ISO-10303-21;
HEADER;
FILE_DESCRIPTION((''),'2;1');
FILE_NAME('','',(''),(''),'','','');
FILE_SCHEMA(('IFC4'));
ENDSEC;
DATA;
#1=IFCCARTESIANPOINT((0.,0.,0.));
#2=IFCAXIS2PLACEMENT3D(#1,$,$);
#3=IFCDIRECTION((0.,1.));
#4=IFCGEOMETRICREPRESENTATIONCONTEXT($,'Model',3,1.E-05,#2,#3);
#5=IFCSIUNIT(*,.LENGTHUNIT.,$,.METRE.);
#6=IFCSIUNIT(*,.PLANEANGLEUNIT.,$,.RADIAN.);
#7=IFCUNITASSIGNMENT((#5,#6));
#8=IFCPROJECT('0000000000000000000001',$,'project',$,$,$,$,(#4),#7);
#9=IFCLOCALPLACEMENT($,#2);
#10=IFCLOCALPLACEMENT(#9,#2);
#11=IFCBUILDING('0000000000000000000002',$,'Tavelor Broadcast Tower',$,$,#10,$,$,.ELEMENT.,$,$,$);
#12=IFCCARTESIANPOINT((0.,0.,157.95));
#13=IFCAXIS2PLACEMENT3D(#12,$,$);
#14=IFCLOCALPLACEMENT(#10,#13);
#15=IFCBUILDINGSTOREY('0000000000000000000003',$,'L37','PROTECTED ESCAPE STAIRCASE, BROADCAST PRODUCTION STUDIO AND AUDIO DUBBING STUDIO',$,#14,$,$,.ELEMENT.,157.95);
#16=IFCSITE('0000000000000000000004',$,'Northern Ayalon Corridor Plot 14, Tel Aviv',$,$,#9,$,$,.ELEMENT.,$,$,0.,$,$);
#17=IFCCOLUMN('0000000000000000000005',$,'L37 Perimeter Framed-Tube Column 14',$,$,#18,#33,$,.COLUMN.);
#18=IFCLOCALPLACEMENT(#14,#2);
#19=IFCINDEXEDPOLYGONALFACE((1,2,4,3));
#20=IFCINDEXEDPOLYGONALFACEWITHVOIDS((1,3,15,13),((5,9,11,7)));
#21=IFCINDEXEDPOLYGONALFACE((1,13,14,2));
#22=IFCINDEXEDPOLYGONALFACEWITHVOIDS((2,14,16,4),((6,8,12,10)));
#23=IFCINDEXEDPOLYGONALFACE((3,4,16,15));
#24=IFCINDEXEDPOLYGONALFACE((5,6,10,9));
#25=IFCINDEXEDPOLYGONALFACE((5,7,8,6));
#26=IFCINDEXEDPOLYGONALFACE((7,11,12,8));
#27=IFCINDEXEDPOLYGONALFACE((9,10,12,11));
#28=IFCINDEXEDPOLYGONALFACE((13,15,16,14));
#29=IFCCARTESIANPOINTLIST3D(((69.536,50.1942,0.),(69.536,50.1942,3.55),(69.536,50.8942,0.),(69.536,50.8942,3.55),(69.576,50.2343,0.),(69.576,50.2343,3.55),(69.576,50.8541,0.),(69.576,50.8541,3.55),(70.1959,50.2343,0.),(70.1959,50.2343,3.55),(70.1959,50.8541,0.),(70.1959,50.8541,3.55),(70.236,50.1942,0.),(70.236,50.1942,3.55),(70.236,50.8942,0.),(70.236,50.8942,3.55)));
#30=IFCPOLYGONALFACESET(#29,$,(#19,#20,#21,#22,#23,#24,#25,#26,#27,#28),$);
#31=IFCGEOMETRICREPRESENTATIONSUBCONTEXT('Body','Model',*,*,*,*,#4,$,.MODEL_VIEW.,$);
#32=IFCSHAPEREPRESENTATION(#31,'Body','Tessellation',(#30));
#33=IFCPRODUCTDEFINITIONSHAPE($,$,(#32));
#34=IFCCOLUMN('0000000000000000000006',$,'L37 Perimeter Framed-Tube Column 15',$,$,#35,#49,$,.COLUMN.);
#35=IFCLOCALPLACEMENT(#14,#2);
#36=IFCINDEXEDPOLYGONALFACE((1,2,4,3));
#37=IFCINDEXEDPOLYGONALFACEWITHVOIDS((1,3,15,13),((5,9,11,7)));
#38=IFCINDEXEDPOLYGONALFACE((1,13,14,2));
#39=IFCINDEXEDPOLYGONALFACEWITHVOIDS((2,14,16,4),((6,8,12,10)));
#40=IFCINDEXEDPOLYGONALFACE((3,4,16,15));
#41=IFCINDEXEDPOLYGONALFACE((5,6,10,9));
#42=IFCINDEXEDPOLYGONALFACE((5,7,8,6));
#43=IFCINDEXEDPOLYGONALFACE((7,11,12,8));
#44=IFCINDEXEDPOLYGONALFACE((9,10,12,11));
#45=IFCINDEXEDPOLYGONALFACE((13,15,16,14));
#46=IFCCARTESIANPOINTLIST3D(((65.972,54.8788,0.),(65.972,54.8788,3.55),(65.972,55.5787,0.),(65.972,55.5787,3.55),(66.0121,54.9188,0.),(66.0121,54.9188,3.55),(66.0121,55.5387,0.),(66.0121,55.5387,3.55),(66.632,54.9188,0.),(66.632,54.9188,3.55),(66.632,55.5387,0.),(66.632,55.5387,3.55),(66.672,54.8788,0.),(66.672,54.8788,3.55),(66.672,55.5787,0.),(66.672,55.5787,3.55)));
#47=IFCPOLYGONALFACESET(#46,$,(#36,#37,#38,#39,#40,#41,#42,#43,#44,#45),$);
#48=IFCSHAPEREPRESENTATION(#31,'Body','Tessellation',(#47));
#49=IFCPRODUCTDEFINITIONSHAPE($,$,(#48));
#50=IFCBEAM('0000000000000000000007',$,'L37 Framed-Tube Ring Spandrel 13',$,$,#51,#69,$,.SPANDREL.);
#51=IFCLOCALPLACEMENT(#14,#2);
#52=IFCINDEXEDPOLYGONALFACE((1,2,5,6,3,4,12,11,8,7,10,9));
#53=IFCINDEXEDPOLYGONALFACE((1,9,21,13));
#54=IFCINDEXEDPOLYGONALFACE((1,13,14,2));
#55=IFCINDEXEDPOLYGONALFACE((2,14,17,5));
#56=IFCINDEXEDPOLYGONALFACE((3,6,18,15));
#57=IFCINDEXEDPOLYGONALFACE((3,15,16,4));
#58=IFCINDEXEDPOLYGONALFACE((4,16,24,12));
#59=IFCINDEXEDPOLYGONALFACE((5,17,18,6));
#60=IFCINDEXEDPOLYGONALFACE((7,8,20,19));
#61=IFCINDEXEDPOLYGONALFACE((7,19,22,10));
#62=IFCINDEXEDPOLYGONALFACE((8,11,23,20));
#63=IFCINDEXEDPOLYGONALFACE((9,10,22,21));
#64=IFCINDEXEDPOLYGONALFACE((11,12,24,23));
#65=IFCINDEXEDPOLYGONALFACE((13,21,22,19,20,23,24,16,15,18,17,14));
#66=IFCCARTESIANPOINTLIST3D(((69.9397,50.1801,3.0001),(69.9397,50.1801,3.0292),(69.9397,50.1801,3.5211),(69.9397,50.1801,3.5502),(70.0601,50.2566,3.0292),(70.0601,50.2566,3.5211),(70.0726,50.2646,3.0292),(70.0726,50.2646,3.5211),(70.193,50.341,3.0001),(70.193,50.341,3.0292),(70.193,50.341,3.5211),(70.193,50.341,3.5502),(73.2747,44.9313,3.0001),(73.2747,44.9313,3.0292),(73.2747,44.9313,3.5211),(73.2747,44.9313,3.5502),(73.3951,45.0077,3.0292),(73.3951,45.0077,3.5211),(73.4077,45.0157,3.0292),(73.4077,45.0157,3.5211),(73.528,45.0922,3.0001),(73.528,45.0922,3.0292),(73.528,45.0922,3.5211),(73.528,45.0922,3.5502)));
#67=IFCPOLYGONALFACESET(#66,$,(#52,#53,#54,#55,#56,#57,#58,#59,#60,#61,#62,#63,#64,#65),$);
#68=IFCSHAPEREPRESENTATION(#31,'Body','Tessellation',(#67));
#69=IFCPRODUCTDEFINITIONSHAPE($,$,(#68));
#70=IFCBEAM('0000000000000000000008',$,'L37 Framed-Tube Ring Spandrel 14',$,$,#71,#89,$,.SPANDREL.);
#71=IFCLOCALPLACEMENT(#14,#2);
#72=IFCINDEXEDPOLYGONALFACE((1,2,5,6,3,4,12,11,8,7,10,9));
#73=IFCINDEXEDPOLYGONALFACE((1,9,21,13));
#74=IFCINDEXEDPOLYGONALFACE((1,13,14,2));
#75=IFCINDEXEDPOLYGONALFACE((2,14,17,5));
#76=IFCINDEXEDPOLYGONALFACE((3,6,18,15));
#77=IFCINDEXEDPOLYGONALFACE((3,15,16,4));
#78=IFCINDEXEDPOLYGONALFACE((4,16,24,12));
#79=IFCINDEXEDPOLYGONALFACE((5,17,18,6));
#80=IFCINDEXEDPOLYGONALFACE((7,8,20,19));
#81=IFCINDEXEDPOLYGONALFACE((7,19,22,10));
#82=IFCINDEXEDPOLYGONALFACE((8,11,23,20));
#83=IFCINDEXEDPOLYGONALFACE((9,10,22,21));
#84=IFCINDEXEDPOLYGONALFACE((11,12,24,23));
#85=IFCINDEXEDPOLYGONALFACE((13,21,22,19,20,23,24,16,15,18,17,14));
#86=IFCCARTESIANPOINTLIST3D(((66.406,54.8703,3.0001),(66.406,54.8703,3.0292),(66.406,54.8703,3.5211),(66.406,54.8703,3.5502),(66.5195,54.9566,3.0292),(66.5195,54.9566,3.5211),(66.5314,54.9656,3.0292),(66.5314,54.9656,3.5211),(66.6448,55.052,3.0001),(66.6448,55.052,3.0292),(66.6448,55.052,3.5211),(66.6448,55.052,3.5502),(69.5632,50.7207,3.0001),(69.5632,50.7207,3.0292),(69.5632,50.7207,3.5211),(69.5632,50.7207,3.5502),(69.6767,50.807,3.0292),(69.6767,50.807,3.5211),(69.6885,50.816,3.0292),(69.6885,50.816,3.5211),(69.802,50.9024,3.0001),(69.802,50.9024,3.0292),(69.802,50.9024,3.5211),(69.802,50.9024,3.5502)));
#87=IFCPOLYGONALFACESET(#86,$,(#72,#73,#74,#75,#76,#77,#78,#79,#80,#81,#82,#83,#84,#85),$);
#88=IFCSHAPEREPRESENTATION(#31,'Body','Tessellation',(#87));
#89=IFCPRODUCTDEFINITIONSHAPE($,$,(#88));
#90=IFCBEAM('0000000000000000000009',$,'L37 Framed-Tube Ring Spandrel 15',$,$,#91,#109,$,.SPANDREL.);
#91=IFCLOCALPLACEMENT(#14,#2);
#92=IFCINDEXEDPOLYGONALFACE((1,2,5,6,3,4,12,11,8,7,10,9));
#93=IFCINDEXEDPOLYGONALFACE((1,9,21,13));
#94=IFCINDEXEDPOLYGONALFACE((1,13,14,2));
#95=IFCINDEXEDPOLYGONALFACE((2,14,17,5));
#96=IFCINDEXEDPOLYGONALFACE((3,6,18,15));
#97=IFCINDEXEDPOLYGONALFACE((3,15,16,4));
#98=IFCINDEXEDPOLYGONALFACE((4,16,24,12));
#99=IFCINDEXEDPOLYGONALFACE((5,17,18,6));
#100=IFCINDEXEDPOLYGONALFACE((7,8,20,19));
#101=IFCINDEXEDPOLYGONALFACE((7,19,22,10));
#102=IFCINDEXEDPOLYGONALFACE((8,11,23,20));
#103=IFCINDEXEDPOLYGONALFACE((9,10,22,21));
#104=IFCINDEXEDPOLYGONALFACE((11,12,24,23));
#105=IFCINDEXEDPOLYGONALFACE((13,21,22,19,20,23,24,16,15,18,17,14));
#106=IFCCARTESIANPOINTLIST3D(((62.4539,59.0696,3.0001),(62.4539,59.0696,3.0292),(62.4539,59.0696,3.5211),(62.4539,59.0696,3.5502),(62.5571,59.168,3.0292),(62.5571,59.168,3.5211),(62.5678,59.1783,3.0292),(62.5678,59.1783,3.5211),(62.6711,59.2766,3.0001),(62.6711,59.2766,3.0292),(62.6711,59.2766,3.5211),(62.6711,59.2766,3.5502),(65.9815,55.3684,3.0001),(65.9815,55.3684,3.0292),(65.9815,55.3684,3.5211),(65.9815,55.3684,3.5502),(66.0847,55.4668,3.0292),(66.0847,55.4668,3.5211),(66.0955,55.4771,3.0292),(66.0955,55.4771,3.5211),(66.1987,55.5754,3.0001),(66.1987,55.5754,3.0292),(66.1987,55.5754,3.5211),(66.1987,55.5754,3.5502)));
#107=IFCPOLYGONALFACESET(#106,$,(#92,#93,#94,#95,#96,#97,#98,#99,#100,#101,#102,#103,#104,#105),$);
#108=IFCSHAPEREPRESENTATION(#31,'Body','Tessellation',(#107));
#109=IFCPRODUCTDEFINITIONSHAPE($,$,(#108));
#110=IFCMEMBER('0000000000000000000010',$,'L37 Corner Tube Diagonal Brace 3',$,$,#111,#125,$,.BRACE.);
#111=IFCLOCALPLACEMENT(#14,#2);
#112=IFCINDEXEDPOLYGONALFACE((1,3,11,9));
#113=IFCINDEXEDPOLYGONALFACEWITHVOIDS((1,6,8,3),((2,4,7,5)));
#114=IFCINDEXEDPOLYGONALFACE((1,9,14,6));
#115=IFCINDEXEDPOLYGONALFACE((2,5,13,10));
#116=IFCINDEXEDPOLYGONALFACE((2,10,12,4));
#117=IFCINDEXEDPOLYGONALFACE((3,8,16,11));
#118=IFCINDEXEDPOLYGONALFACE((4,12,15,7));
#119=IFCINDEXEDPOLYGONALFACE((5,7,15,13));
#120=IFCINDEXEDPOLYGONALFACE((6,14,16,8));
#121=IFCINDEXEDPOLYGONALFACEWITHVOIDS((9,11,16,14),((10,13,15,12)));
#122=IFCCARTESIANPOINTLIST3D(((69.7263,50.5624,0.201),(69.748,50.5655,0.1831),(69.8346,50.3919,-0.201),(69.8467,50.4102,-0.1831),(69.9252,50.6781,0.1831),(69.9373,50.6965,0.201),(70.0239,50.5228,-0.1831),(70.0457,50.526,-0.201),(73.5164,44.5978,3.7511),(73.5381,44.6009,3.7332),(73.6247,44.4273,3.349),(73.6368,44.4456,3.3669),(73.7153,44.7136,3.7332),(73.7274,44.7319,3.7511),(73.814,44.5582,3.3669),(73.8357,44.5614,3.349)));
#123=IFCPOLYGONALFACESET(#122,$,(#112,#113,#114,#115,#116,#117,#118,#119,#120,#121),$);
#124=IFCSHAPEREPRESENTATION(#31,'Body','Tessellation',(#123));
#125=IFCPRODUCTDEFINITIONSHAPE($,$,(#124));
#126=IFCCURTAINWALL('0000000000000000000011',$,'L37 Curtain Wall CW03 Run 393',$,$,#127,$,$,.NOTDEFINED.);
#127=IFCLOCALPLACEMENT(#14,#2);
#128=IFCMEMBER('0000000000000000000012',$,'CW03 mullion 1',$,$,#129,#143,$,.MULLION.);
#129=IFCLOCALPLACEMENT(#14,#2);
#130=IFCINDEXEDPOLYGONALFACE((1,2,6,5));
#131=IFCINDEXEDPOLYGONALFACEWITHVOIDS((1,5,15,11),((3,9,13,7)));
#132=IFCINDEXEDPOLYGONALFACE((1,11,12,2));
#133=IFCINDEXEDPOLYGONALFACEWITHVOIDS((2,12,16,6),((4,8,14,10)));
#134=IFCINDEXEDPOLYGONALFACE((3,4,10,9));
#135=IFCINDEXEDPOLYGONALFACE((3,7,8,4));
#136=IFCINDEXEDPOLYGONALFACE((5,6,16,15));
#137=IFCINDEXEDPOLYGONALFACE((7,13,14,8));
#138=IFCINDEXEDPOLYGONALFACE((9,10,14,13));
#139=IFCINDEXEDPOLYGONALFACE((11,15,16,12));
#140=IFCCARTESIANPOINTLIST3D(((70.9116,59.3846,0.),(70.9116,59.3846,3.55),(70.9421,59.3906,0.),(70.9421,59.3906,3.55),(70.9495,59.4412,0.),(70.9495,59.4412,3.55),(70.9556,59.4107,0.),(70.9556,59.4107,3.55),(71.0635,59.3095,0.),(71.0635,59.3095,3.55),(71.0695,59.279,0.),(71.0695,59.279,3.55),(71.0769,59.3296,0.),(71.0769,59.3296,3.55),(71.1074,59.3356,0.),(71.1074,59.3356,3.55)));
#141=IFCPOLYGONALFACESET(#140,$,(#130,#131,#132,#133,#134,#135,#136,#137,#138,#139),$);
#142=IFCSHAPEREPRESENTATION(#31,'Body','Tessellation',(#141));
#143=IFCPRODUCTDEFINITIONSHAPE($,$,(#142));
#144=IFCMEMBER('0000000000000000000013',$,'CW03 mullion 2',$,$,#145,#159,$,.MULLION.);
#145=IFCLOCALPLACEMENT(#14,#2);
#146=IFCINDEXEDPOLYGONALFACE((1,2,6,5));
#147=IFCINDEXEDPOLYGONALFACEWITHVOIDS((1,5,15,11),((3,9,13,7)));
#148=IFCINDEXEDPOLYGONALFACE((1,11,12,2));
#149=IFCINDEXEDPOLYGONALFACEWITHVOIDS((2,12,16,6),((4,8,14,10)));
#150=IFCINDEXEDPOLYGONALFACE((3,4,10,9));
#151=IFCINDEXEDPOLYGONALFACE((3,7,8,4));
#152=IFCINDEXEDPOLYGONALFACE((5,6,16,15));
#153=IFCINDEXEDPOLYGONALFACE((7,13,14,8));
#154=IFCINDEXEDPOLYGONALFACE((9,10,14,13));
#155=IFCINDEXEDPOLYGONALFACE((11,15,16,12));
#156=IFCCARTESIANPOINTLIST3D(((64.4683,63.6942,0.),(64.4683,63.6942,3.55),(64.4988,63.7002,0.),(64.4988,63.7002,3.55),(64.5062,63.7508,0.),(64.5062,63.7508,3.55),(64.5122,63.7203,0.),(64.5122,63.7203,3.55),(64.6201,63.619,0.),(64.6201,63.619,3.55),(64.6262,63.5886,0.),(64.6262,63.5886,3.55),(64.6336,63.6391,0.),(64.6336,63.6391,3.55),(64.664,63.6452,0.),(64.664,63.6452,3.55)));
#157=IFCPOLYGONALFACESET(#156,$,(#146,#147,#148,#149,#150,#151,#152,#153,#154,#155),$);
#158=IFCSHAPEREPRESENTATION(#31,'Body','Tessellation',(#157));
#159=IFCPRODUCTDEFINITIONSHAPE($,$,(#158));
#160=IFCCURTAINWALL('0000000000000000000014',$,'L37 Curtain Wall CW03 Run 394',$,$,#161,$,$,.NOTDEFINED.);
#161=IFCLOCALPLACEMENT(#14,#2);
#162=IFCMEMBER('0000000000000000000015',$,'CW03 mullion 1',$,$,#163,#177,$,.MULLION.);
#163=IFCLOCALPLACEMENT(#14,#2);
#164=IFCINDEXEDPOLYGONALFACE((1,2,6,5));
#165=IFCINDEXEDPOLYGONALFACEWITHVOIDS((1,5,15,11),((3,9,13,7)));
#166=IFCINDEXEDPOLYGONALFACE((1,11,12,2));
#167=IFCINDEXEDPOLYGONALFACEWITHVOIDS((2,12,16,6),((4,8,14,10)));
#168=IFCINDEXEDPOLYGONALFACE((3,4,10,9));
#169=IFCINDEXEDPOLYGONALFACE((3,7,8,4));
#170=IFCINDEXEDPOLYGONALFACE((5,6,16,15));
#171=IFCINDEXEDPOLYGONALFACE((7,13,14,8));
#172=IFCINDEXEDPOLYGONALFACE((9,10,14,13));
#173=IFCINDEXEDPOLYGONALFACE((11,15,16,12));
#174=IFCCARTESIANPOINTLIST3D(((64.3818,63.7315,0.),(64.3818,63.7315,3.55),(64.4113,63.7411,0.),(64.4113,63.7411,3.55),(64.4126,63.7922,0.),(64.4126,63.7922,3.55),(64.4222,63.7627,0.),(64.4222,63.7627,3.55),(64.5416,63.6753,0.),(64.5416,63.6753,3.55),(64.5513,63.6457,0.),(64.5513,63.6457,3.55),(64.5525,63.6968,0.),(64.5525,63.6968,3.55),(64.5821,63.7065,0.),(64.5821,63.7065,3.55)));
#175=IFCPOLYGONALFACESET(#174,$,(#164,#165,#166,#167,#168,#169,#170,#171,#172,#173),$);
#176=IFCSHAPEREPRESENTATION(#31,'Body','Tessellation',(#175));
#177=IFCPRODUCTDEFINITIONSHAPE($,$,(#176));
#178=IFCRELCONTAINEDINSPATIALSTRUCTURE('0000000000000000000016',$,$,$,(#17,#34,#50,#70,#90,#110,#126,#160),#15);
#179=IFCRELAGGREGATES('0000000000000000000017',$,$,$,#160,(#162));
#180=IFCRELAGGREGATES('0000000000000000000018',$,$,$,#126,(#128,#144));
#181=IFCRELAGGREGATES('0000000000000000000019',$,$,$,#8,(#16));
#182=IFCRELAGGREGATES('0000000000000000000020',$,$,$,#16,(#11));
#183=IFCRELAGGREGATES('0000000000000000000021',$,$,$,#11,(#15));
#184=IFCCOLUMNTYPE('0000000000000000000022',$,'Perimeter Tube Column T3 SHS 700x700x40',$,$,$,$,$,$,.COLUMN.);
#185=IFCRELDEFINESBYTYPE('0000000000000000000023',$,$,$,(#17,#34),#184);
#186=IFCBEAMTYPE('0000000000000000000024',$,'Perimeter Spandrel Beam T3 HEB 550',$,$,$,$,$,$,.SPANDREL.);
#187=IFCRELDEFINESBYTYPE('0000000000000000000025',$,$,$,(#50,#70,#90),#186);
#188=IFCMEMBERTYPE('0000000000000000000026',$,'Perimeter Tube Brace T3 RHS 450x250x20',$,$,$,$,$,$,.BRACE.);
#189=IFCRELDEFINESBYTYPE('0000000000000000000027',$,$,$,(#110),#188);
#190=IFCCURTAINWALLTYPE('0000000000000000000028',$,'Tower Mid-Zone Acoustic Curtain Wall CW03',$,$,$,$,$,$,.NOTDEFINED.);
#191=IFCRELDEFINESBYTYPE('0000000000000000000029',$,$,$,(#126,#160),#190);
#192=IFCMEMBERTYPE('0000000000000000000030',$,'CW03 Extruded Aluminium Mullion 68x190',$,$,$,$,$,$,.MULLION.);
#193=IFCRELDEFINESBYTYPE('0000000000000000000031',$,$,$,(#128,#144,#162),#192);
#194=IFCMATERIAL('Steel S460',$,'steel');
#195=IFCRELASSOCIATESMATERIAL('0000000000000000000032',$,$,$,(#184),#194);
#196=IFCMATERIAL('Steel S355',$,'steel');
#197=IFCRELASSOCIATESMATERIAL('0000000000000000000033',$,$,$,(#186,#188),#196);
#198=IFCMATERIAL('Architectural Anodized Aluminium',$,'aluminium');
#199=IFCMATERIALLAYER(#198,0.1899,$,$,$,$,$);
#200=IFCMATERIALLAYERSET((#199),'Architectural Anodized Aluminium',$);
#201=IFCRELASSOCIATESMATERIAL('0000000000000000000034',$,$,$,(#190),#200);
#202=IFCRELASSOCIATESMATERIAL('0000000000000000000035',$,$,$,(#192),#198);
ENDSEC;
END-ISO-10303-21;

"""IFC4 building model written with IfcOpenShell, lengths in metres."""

from ifc_helpers import new_model, si_unit, direction, frame, origin, origin_2d, place, context, subcontext, project, spatial, hollow_rectangle, i_section, extrude, source, transform, mapped, material, layer, layer_set, material_profile, profile_set, type_object, type_shapes, element, aggregate, save


model = new_model("IFC4")

# Units and contexts
model_context = context("Model", 3, precision=1e-05, world=origin(), true_north=direction((0.0, 1.0)))
body_context = subcontext(model_context, "Body", "Model", "MODEL_VIEW")
ifc_project = project(units=[si_unit("LENGTHUNIT", "METRE"), si_unit("PLANEANGLEUNIT", "RADIAN")], contexts=[model_context])

# Site, building, storey
site_placement = place(None, origin())
site = spatial("IfcSite", under=ifc_project, at=site_placement, Name="Northern Ayalon Corridor Plot 14, Tel Aviv", CompositionType="ELEMENT", RefElevation=0.0)
building_placement = place(site_placement, origin())
building = spatial("IfcBuilding", under=site, at=building_placement, Name="Tavelor Broadcast Tower", CompositionType="ELEMENT")
storey_placement = place(building_placement, frame((0.0, 0.0, 157.95)))
storey = spatial("IfcBuildingStorey", under=building, at=storey_placement, Name="L37", Description="PROTECTED ESCAPE STAIRCASE, BROADCAST PRODUCTION STUDIO AND AUDIO DUBBING STUDIO", CompositionType="ELEMENT", Elevation=157.95)

# Columns
ifc_material_1 = material(Name="Steel S460", Category="steel")
ifc_material_profile_1 = material_profile(ifc_material_1, hollow_rectangle(XDim=0.7, YDim=0.7, WallThickness=0.04, at=origin_2d()), Name="SHS 700x700x40")
ifc_profile_set_1 = profile_set([ifc_material_profile_1], Name="Steel S460")
column_type = type_object("IfcColumnType", Name="Perimeter Tube Column T3 SHS 700x700x40", PredefinedType="COLUMN", material=ifc_profile_set_1)
for number, where, z_axis, x_axis, name in (
    (1, (69.886, 50.5442, 0.0), (0.0, 0.0, 1.0), (1.0, 0.0, 0.0), "L37 Perimeter Framed-Tube Column 14"),
    (2, (66.322, 55.2288, 0.0), (0.0, 0.0, 1.0), (1.0, 0.0, 0.0), "L37 Perimeter Framed-Tube Column 15"),
):
    element("IfcColumn", number, at=place(storey_placement, frame(where, z_axis=z_axis, x_axis=x_axis)), inside=storey, type_object=column_type, Name=name, PredefinedType="COLUMN", context=body_context, shape_type="SweptSolid", body=[
        extrude(hollow_rectangle(XDim=0.7, YDim=0.7, WallThickness=0.04, at=origin_2d()), origin(), (0.0, 0.0, 1.0), 3.55),
    ])

# Beams
ifc_material_2 = material(Name="Steel S355", Category="steel")
ifc_material_profile_2 = material_profile(ifc_material_2, i_section(OverallWidth=0.3, OverallDepth=0.55, WebThickness=0.0149, FlangeThickness=0.0291, at=origin_2d()), Name="HEB 550")
ifc_profile_set_2 = profile_set([ifc_material_profile_2], Name="Steel S355")
beam_type = type_object("IfcBeamType", Name="Perimeter Spandrel Beam T3 HEB 550", PredefinedType="SPANDREL", material=ifc_profile_set_2)
beam_1_placement = place(storey_placement, frame((73.4014, 45.0117, 3.2751), z_axis=(-0.536283, 0.844038, 0.0), x_axis=(-0.844038, -0.536283, 0.0)))
element("IfcBeam", 3, at=beam_1_placement, inside=storey, type_object=beam_type, Name="L37 Framed-Tube Ring Spandrel 13", PredefinedType="SPANDREL", context=body_context, shape_type="SweptSolid", body=[
    extrude(i_section(OverallWidth=0.3, OverallDepth=0.55, WebThickness=0.0149, FlangeThickness=0.0291, at=origin_2d()), origin(), (0.0, 0.0, 1.0), 6.2188),
])
beam_2_placement = place(storey_placement, frame((69.6826, 50.8115, 3.2751), z_axis=(-0.605507, 0.79584, 0.0), x_axis=(-0.79584, -0.605507, 0.0)))
element("IfcBeam", 4, at=beam_2_placement, inside=storey, type_object=beam_type, Name="L37 Framed-Tube Ring Spandrel 14", PredefinedType="SPANDREL", context=body_context, shape_type="SweptSolid", body=[
    extrude(i_section(OverallWidth=0.3, OverallDepth=0.55, WebThickness=0.0149, FlangeThickness=0.0291, at=origin_2d()), origin(), (0.0, 0.0, 1.0), 5.2141),
])
beam_3_placement = place(storey_placement, frame((66.0901, 55.4719, 3.2751), z_axis=(-0.689928, 0.723878, 0.0), x_axis=(-0.723878, -0.689928, 0.0)))
element("IfcBeam", 5, at=beam_3_placement, inside=storey, type_object=beam_type, Name="L37 Framed-Tube Ring Spandrel 15", PredefinedType="SPANDREL", context=body_context, shape_type="SweptSolid", body=[
    extrude(i_section(OverallWidth=0.3, OverallDepth=0.55, WebThickness=0.0149, FlangeThickness=0.0291, at=origin_2d()), origin(), (0.0, 0.0, 1.0), 5.113),
])

# Member
ifc_material_profile_3 = material_profile(ifc_material_2, hollow_rectangle(XDim=0.25, YDim=0.45, WallThickness=0.02, at=origin_2d()), Name="RHS 450x250x20")
ifc_profile_set_3 = profile_set([ifc_material_profile_3], Name="Steel S355")
member_type_1 = type_object("IfcMemberType", Name="Perimeter Tube Brace T3 RHS 450x250x20", PredefinedType="BRACE", material=ifc_profile_set_3)
member_1_placement = place(storey_placement, frame((69.886, 50.5442, 0.0), z_axis=(0.479239, -0.754205, 0.448893), x_axis=(0.844021, 0.53631, 0.0)))
element("IfcMember", 6, at=member_1_placement, inside=storey, type_object=member_type_1, Name="L37 Corner Tube Diagonal Brace 3", PredefinedType="BRACE", context=body_context, shape_type="SweptSolid", body=[
    extrude(hollow_rectangle(XDim=0.25, YDim=0.45, WallThickness=0.02, at=origin_2d()), origin(), (0.0, 0.0, 1.0), 7.9084),
])

# Curtain wall, members
ifc_material_3 = material(Name="Architectural Anodized Aluminium", Category="aluminium")
ifc_layer_1 = layer(ifc_material_3, 0.1899)
ifc_layer_set_1 = layer_set([ifc_layer_1], Name="Architectural Anodized Aluminium")
curtain_wall_type = type_object("IfcCurtainWallType", Name="Tower Mid-Zone Acoustic Curtain Wall CW03", PredefinedType="NOTDEFINED", material=ifc_layer_set_1)
curtain_wall_1_placement = place(storey_placement, origin())
curtain_wall_1 = element("IfcCurtainWall", 7, at=curtain_wall_1_placement, inside=storey, type_object=curtain_wall_type, Name="L37 Curtain Wall CW03 Run 393", PredefinedType="NOTDEFINED")
ifc_material_profile_4 = material_profile(ifc_material_3, hollow_rectangle(XDim=0.0681, YDim=0.1899, WallThickness=0.022, at=origin_2d()), Name="RHS 68x190x22")
ifc_profile_set_4 = profile_set([ifc_material_profile_4], Name="Architectural Anodized Aluminium")
member_type_2 = type_object("IfcMemberType", Name="CW03 Extruded Aluminium Mullion 68x190", PredefinedType="MULLION", material=ifc_profile_set_4)
shared_shape_1 = source(origin(), body_context, "Body", "SweptSolid", [
    extrude(hollow_rectangle(XDim=0.0681, YDim=0.1899, WallThickness=0.022, at=origin_2d()), origin(), (0.0, 0.0, 1.0), 3.55),
])
type_shapes(member_type_2, [shared_shape_1])
member_2_placement = place(storey_placement, frame((71.0095, 59.3601, 0.0), z_axis=(0.0, 0.0, 1.0), x_axis=(-0.555945, -0.831219, 0.0)))
member_2 = element("IfcMember", 8, at=member_2_placement, type_object=member_type_2, Name="CW03 mullion 1", PredefinedType="MULLION", context=body_context, shape_type="MappedRepresentation", body=[
    mapped(shared_shape_1, transform((0.0, 0.0, 0.0), scale=1.0)),
])
member_3_placement = place(storey_placement, frame((64.5662, 63.6697, 0.0), z_axis=(0.0, 0.0, 1.0), x_axis=(-0.555945, -0.831219, 0.0)))
member_3 = element("IfcMember", 9, at=member_3_placement, type_object=member_type_2, Name="CW03 mullion 2", PredefinedType="MULLION", context=body_context, shape_type="MappedRepresentation", body=[
    mapped(shared_shape_1, transform((0.0, 0.0, 0.0), scale=1.0)),
])

# Curtain wall, member
curtain_wall_2_placement = place(storey_placement, origin())
curtain_wall_2 = element("IfcCurtainWall", 10, at=curtain_wall_2_placement, inside=storey, type_object=curtain_wall_type, Name="L37 Curtain Wall CW03 Run 394", PredefinedType="NOTDEFINED")
member_4_placement = place(storey_placement, frame((64.4819, 63.719, 0.0), z_axis=(0.0, 0.0, 1.0), x_axis=(-0.451248, -0.892399, 0.0)))
member_4 = element("IfcMember", 11, at=member_4_placement, type_object=member_type_2, Name="CW03 mullion 1", PredefinedType="MULLION", context=body_context, shape_type="MappedRepresentation", body=[
    mapped(shared_shape_1, transform((0.0, 0.0, 0.0), scale=1.0)),
])

aggregate(curtain_wall_2, [member_4])

aggregate(curtain_wall_1, [member_2, member_3])

save(model, "model.ifc")
